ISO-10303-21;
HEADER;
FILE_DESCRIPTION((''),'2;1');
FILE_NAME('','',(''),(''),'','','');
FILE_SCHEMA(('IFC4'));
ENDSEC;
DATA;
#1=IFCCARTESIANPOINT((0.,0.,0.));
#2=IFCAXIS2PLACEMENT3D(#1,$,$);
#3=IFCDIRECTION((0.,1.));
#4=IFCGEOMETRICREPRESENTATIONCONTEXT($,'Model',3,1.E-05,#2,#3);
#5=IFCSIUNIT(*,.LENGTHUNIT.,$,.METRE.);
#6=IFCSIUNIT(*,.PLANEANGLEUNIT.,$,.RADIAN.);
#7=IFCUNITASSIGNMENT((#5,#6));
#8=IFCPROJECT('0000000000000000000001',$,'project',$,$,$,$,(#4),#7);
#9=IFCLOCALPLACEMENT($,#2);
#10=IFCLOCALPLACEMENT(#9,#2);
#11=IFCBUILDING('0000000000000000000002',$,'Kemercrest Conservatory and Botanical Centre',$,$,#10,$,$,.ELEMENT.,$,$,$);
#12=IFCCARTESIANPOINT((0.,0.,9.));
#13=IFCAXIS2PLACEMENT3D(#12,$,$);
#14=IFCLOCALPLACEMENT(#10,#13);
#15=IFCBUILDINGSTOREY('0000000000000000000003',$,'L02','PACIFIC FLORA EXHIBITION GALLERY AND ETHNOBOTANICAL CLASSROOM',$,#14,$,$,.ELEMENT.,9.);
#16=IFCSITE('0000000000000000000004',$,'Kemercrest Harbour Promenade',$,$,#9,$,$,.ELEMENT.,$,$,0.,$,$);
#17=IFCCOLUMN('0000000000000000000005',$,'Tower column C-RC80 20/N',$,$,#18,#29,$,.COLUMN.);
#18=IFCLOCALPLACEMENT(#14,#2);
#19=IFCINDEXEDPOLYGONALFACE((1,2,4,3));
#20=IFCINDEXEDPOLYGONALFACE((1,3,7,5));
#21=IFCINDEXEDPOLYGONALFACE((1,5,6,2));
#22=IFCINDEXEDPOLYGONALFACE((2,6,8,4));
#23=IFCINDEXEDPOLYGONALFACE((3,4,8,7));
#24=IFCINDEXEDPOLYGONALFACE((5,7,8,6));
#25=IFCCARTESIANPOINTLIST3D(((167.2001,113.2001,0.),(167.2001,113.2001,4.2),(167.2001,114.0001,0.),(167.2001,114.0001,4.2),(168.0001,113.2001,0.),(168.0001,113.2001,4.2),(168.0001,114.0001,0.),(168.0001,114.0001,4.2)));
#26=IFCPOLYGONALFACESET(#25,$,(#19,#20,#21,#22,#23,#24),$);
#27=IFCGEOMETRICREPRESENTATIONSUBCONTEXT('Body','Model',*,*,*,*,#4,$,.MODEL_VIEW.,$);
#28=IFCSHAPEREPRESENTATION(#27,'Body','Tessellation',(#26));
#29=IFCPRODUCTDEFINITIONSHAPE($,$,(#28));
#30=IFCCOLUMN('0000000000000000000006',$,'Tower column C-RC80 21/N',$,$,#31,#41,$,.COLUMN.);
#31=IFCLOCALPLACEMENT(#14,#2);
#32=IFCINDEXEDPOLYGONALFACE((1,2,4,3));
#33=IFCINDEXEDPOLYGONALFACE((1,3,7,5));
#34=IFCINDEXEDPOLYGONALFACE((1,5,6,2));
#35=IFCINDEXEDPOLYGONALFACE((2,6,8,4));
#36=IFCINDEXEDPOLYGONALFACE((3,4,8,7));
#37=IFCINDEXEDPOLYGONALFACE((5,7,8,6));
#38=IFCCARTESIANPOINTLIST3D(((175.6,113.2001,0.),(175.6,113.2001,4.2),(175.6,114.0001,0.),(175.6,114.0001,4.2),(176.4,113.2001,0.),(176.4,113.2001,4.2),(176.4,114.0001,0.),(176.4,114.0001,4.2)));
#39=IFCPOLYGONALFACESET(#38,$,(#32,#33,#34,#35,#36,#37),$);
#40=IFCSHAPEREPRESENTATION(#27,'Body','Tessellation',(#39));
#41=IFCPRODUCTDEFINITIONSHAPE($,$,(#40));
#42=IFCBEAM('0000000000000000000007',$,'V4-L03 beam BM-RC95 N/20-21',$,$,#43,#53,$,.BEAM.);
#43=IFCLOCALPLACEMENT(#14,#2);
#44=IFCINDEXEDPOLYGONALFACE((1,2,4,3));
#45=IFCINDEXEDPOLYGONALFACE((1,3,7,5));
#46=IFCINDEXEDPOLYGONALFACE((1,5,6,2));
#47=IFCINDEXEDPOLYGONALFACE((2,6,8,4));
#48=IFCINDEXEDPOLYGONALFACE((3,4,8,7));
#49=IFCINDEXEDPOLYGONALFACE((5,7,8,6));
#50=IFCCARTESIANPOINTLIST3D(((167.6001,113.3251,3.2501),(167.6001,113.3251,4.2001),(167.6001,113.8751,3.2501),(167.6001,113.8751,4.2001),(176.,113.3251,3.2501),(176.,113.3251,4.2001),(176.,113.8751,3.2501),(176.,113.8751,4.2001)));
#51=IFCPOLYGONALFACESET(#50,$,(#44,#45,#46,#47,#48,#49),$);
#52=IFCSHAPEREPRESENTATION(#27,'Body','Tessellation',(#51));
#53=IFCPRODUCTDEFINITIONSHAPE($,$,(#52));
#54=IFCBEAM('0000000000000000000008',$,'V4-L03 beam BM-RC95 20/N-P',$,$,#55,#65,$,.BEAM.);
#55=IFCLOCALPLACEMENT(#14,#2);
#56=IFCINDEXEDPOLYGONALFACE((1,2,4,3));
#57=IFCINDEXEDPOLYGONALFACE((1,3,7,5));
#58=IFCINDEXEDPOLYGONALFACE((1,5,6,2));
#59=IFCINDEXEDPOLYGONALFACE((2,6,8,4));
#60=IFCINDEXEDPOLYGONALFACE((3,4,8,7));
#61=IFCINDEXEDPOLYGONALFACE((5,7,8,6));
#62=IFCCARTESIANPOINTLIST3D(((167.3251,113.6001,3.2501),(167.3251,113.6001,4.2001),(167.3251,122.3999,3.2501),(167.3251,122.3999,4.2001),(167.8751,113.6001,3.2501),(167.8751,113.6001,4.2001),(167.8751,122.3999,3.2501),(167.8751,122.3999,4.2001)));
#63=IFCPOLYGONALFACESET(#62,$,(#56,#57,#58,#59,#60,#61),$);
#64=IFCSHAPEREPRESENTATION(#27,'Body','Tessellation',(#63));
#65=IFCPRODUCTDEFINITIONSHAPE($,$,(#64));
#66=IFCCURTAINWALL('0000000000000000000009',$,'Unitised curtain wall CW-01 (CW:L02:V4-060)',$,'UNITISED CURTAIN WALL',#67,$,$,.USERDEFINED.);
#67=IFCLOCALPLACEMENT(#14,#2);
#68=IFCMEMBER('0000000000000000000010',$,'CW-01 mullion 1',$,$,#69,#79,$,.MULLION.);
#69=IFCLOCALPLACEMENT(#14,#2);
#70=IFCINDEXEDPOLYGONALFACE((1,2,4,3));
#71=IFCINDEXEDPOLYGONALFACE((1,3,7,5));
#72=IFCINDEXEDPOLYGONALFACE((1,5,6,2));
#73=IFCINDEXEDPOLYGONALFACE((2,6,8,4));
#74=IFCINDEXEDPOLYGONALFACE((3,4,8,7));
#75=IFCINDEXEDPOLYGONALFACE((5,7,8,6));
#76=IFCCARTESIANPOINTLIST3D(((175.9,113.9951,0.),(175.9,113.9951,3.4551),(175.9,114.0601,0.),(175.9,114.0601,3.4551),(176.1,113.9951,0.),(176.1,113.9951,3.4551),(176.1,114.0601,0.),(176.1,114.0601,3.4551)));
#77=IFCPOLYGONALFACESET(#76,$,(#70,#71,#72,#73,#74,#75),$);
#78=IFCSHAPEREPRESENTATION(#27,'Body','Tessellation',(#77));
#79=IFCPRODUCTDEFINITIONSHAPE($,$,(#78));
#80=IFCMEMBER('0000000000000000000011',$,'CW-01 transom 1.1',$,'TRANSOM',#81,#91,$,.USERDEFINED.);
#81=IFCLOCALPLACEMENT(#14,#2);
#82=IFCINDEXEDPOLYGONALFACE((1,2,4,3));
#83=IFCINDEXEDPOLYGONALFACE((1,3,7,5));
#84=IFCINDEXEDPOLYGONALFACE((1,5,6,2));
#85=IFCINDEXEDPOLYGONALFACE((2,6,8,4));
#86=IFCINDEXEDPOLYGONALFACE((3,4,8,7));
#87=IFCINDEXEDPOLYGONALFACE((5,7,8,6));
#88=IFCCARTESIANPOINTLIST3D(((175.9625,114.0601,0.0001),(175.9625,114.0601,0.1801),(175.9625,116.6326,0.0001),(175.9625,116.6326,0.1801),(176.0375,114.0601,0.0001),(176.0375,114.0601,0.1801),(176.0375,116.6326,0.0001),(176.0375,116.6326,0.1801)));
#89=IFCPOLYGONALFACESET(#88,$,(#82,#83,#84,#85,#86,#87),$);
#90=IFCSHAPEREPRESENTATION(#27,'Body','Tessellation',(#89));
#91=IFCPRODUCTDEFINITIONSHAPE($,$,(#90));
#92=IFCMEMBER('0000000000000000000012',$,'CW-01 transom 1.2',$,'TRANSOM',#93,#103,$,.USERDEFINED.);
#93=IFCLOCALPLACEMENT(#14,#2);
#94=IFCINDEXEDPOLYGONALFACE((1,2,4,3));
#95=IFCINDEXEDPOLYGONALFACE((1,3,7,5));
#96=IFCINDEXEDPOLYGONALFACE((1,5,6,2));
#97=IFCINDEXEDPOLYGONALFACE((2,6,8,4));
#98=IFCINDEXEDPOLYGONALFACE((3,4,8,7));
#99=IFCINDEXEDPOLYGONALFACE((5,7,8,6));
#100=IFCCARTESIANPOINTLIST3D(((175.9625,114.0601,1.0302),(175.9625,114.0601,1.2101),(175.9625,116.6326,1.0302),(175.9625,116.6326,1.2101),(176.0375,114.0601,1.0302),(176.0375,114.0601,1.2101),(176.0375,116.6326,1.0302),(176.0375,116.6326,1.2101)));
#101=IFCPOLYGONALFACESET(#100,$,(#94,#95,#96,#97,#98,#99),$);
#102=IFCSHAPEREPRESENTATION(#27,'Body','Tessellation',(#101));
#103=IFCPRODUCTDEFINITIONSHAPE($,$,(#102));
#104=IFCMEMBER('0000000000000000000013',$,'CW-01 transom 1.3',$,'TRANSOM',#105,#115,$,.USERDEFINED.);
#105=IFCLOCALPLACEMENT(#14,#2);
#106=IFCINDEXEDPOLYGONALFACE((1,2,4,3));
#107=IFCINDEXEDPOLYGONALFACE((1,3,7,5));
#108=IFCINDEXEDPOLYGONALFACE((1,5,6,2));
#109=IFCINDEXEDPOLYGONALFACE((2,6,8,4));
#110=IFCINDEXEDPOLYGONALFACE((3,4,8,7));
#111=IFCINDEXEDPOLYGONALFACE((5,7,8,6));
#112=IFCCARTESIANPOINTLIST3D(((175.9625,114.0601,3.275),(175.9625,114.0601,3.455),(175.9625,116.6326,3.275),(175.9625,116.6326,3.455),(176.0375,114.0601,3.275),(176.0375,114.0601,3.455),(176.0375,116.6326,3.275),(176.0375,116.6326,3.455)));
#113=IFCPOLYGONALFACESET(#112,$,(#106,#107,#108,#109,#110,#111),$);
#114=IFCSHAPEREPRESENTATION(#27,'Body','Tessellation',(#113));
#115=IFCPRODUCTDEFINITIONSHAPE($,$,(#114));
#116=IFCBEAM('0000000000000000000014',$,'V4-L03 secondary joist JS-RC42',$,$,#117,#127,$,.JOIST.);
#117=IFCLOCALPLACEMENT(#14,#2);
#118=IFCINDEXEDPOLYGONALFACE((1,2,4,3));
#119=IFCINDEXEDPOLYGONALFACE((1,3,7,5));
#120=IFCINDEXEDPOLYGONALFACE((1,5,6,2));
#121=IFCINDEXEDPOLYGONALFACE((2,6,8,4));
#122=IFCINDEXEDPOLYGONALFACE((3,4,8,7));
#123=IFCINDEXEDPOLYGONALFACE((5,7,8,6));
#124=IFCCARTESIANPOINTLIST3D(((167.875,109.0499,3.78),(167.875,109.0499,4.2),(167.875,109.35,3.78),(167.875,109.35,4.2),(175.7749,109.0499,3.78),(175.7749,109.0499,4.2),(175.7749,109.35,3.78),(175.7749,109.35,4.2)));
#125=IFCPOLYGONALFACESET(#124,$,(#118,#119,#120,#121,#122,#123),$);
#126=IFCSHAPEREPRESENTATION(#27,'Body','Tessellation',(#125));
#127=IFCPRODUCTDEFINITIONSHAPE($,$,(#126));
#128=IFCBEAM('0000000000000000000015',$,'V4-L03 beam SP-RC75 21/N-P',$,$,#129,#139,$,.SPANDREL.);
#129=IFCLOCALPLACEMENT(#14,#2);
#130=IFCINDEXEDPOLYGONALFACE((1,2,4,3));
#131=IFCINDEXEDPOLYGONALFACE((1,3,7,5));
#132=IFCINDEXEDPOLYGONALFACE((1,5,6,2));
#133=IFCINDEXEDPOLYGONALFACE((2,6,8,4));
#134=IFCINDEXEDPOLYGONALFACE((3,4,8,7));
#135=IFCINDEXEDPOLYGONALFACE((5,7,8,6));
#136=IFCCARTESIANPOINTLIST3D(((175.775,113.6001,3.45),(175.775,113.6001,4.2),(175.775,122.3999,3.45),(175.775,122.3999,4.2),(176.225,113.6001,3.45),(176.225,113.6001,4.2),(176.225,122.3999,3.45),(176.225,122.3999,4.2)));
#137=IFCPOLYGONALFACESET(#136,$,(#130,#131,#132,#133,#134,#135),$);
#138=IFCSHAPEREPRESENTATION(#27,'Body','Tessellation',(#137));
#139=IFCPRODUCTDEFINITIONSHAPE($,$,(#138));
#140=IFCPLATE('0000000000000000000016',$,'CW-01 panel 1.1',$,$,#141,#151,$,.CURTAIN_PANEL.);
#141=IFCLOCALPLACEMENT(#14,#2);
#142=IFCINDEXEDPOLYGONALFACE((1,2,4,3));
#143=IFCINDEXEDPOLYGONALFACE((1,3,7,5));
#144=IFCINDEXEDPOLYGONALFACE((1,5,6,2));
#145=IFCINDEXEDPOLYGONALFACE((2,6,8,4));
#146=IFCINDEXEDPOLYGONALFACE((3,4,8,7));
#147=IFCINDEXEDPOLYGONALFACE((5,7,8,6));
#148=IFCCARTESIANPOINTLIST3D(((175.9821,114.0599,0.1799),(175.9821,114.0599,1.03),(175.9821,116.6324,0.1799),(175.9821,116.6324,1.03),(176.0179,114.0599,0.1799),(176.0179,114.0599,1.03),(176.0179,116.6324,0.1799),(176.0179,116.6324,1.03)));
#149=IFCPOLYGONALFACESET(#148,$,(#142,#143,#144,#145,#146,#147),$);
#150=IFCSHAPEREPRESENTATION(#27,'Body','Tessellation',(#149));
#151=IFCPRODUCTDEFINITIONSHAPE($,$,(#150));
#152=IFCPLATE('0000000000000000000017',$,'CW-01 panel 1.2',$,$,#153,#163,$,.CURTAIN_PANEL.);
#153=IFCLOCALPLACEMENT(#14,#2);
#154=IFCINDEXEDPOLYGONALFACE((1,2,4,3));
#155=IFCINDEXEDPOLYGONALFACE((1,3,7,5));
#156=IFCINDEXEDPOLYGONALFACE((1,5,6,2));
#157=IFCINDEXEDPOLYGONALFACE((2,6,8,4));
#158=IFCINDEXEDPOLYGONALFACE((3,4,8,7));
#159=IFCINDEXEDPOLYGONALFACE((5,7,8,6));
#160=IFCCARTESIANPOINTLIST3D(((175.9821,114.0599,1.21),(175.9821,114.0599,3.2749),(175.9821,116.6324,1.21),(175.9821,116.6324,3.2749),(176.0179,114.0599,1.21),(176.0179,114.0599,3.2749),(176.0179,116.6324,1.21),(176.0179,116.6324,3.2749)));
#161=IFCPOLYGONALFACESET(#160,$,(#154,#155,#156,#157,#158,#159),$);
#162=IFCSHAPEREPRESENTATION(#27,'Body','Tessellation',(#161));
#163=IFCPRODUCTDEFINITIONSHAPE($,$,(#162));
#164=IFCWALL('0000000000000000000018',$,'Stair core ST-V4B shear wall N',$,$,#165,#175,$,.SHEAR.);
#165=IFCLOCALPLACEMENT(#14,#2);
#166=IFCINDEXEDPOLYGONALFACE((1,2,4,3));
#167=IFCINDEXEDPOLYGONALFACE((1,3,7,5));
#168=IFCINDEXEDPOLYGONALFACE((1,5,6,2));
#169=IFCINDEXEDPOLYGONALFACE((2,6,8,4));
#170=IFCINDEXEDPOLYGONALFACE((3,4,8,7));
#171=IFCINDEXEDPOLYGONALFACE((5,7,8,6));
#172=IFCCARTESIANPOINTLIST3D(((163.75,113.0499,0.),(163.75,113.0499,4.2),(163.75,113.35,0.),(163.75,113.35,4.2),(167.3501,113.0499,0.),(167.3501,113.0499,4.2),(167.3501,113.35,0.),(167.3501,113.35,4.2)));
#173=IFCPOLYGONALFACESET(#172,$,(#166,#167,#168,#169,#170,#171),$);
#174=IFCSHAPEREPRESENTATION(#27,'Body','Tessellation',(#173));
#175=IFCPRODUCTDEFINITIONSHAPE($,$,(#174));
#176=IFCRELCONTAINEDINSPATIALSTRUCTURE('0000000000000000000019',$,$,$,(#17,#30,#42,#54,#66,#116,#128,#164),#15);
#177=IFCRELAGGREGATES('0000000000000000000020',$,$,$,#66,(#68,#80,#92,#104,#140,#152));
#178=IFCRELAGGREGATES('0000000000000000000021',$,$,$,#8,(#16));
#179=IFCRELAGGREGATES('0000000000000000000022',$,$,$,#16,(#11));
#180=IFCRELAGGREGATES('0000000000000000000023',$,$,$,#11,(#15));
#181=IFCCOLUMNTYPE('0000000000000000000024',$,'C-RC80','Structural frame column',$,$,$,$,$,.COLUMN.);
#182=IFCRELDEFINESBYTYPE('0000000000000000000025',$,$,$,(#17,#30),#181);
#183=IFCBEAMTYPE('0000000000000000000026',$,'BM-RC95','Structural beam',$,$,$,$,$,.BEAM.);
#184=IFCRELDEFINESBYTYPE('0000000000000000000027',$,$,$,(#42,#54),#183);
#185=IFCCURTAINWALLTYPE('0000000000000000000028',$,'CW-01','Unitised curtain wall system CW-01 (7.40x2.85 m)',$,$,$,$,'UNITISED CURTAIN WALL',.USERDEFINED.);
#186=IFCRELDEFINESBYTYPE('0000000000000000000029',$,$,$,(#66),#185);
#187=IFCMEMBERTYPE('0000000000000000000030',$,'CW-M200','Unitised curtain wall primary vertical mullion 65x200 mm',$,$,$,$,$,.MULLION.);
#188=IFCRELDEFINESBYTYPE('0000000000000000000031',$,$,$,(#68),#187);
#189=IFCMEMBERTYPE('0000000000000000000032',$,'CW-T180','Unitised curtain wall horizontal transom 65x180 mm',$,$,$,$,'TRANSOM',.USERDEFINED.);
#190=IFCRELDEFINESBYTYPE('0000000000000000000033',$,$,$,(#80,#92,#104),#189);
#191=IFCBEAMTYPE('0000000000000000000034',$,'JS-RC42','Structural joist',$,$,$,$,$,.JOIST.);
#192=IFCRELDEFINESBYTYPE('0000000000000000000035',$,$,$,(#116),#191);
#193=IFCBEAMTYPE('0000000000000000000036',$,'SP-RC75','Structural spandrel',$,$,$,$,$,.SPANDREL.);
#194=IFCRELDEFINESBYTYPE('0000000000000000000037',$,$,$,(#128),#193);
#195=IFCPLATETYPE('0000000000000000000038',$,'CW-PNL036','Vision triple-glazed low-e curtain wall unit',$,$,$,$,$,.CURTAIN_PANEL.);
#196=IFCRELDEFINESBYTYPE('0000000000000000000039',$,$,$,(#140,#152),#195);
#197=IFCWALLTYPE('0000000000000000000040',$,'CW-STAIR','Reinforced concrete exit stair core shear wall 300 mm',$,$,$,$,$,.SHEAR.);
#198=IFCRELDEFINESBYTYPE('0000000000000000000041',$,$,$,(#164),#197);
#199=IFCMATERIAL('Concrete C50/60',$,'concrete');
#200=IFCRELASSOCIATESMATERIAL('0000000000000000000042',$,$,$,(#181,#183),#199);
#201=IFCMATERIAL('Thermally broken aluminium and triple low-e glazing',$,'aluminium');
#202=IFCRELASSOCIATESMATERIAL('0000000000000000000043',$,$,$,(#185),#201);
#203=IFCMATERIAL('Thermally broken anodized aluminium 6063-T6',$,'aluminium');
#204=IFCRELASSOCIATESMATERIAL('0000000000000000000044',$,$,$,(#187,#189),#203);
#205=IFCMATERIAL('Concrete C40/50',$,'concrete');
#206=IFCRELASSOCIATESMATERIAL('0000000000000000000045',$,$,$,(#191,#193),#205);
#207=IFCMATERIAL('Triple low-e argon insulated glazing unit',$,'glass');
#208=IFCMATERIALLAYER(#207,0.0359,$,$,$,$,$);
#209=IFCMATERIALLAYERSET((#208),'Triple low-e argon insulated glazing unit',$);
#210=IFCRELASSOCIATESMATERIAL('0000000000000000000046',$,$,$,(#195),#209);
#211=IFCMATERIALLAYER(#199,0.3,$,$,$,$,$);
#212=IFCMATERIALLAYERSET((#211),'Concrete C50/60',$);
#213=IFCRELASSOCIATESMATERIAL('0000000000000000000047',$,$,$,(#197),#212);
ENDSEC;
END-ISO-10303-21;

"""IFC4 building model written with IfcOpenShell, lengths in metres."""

from ifc_helpers import new_model, si_unit, direction, frame, frame_2d, origin, origin_2d, place, context, subcontext, project, spatial, rectangle, extrude, material, layer, layer_set, material_profile, profile_set, type_object, element, aggregate, save


model = new_model("IFC4")

# Units and contexts
model_context = context("Model", 3, precision=1e-05, world=origin(), true_north=direction((0.0, 1.0)))
body_context = subcontext(model_context, "Body", "Model", "MODEL_VIEW")
ifc_project = project(units=[si_unit("LENGTHUNIT", "METRE"), si_unit("PLANEANGLEUNIT", "RADIAN")], contexts=[model_context])

# Site, building, storey
site_placement = place(None, origin())
site = spatial("IfcSite", under=ifc_project, at=site_placement, Name="Kemercrest Harbour Promenade", CompositionType="ELEMENT", RefElevation=0.0)
building_placement = place(site_placement, origin())
building = spatial("IfcBuilding", under=site, at=building_placement, Name="Kemercrest Conservatory and Botanical Centre", CompositionType="ELEMENT")
storey_placement = place(building_placement, frame((0.0, 0.0, 9.0)))
storey = spatial("IfcBuildingStorey", under=building, at=storey_placement, Name="L02", Description="PACIFIC FLORA EXHIBITION GALLERY AND ETHNOBOTANICAL CLASSROOM", CompositionType="ELEMENT", Elevation=9.0)

# Columns
ifc_material_1 = material(Name="Concrete C50/60", Category="concrete")
ifc_material_profile_1 = material_profile(ifc_material_1, rectangle(XDim=0.8, YDim=0.8, at=origin_2d()), Name="RC 800x800")
ifc_profile_set_1 = profile_set([ifc_material_profile_1], Name="Concrete C50/60")
column_type = type_object("IfcColumnType", Name="C-RC80", Description="Structural frame column", PredefinedType="COLUMN", material=ifc_profile_set_1)
for number, where, z_axis, x_axis, name in (
    (1, (167.6001, 113.6001, 0.0), (0.0, 0.0, 1.0), (1.0, 0.0, 0.0), "Tower column C-RC80 20/N"),
    (2, (176.0, 113.6001, 0.0), (0.0, 0.0, 1.0), (1.0, 0.0, 0.0), "Tower column C-RC80 21/N"),
):
    element("IfcColumn", number, at=place(storey_placement, frame(where, z_axis=z_axis, x_axis=x_axis)), inside=storey, type_object=column_type, Name=name, PredefinedType="COLUMN", context=body_context, shape_type="SweptSolid", body=[
        extrude(rectangle(XDim=0.8, YDim=0.8, at=origin_2d()), origin(), (0.0, 0.0, 1.0), 4.2),
    ])

# Beams
ifc_material_profile_2 = material_profile(ifc_material_1, rectangle(XDim=0.55, YDim=0.95, at=origin_2d()), Name="RC 550x950")
ifc_profile_set_2 = profile_set([ifc_material_profile_2], Name="Concrete C50/60")
beam_type_1 = type_object("IfcBeamType", Name="BM-RC95", Description="Structural beam", PredefinedType="BEAM", material=ifc_profile_set_2)
beam_1_placement = place(storey_placement, frame((167.6001, 113.6001, 3.7251), z_axis=(1.0, 0.0, 0.0), x_axis=(0.0, 1.0, 0.0)))
element("IfcBeam", 3, at=beam_1_placement, inside=storey, type_object=beam_type_1, Name="V4-L03 beam BM-RC95 N/20-21", PredefinedType="BEAM", context=body_context, shape_type="SweptSolid", body=[
    extrude(rectangle(XDim=0.55, YDim=0.95, at=origin_2d()), origin(), (0.0, 0.0, 1.0), 8.3999),
])
beam_2_placement = place(storey_placement, frame((167.6001, 113.6001, 3.7251), z_axis=(0.0, 1.0, 0.0), x_axis=(-1.0, 0.0, 0.0)))
element("IfcBeam", 4, at=beam_2_placement, inside=storey, type_object=beam_type_1, Name="V4-L03 beam BM-RC95 20/N-P", PredefinedType="BEAM", context=body_context, shape_type="SweptSolid", body=[
    extrude(rectangle(XDim=0.55, YDim=0.95, at=origin_2d()), origin(), (0.0, 0.0, 1.0), 8.7998),
])

# Curtain wall, members
ifc_material_2 = material(Name="Thermally broken aluminium and triple low-e glazing", Category="aluminium")
curtain_wall_type = type_object("IfcCurtainWallType", Name="CW-01", Description="Unitised curtain wall system CW-01 (7.40x2.85 m)", ElementType="UNITISED CURTAIN WALL", PredefinedType="USERDEFINED", material=ifc_material_2)
curtain_wall_placement = place(storey_placement, origin())
curtain_wall = element("IfcCurtainWall", 5, at=curtain_wall_placement, inside=storey, type_object=curtain_wall_type, Name="Unitised curtain wall CW-01 (CW:L02:V4-060)", ObjectType="UNITISED CURTAIN WALL", PredefinedType="USERDEFINED")
ifc_material_3 = material(Name="Thermally broken anodized aluminium 6063-T6", Category="aluminium")
ifc_material_profile_3 = material_profile(ifc_material_3, rectangle(XDim=0.2, YDim=0.0649, at=origin_2d()), Name="AL MULLION 65x200")
ifc_profile_set_3 = profile_set([ifc_material_profile_3], Name="Thermally broken anodized aluminium 6063-T6")
member_type_1 = type_object("IfcMemberType", Name="CW-M200", Description="Unitised curtain wall primary vertical mullion 65x200 mm", PredefinedType="MULLION", material=ifc_profile_set_3)
member_1_placement = place(storey_placement, frame((176.0, 114.0276, 0.0), z_axis=(0.0, 0.0, 1.0), x_axis=(-1.0, 0.0, 0.0)))
member_1 = element("IfcMember", 6, at=member_1_placement, type_object=member_type_1, Name="CW-01 mullion 1", PredefinedType="MULLION", context=body_context, shape_type="SweptSolid", body=[
    extrude(rectangle(XDim=0.2, YDim=0.0649, at=origin_2d()), origin(), (0.0, 0.0, 1.0), 3.4551),
])
ifc_material_profile_4 = material_profile(ifc_material_3, rectangle(XDim=0.075, YDim=0.1799, at=origin_2d()), Name="AL TRANSOM 75x180")
ifc_profile_set_4 = profile_set([ifc_material_profile_4], Name="Thermally broken anodized aluminium 6063-T6")
member_type_2 = type_object("IfcMemberType", Name="CW-T180", Description="Unitised curtain wall horizontal transom 65x180 mm", ElementType="TRANSOM", PredefinedType="USERDEFINED", material=ifc_profile_set_4)
member_2_placement = place(storey_placement, frame((176.0, 114.0601, 0.0901), z_axis=(0.0, 1.0, 0.0), x_axis=(-1.0, 0.0, 0.0)))
member_2 = element("IfcMember", 7, at=member_2_placement, type_object=member_type_2, Name="CW-01 transom 1.1", ObjectType="TRANSOM", PredefinedType="USERDEFINED", context=body_context, shape_type="SweptSolid", body=[
    extrude(rectangle(XDim=0.075, YDim=0.1799, at=origin_2d()), origin(), (0.0, 0.0, 1.0), 2.5725),
])
member_3_placement = place(storey_placement, frame((176.0, 114.0601, 1.1201), z_axis=(0.0, 1.0, 0.0), x_axis=(-1.0, 0.0, 0.0)))
member_3 = element("IfcMember", 8, at=member_3_placement, type_object=member_type_2, Name="CW-01 transom 1.2", ObjectType="TRANSOM", PredefinedType="USERDEFINED", context=body_context, shape_type="SweptSolid", body=[
    extrude(rectangle(XDim=0.075, YDim=0.1799, at=origin_2d()), origin(), (0.0, 0.0, 1.0), 2.5725),
])
member_4_placement = place(storey_placement, frame((176.0, 114.0601, 3.365), z_axis=(0.0, 1.0, 0.0), x_axis=(-1.0, 0.0, 0.0)))
member_4 = element("IfcMember", 9, at=member_4_placement, type_object=member_type_2, Name="CW-01 transom 1.3", ObjectType="TRANSOM", PredefinedType="USERDEFINED", context=body_context, shape_type="SweptSolid", body=[
    extrude(rectangle(XDim=0.075, YDim=0.1799, at=origin_2d()), origin(), (0.0, 0.0, 1.0), 2.5725),
])

# Beams
ifc_material_4 = material(Name="Concrete C40/50", Category="concrete")
ifc_material_profile_5 = material_profile(ifc_material_4, rectangle(XDim=0.3, YDim=0.4199, at=origin_2d()), Name="RC 300x420")
ifc_profile_set_5 = profile_set([ifc_material_profile_5], Name="Concrete C40/50")
beam_type_2 = type_object("IfcBeamType", Name="JS-RC42", Description="Structural joist", PredefinedType="JOIST", material=ifc_profile_set_5)
beam_3_placement = place(storey_placement, frame((167.875, 109.2, 3.99), z_axis=(1.0, 0.0, 0.0), x_axis=(0.0, 1.0, 0.0)))
element("IfcBeam", 10, at=beam_3_placement, inside=storey, type_object=beam_type_2, Name="V4-L03 secondary joist JS-RC42", PredefinedType="JOIST", context=body_context, shape_type="SweptSolid", body=[
    extrude(rectangle(XDim=0.3, YDim=0.4199, at=origin_2d()), origin(), (0.0, 0.0, 1.0), 7.8999),
])
ifc_material_profile_6 = material_profile(ifc_material_4, rectangle(XDim=0.45, YDim=0.75, at=origin_2d()), Name="RC 450x750")
ifc_profile_set_6 = profile_set([ifc_material_profile_6], Name="Concrete C40/50")
beam_type_3 = type_object("IfcBeamType", Name="SP-RC75", Description="Structural spandrel", PredefinedType="SPANDREL", material=ifc_profile_set_6)
beam_4_placement = place(storey_placement, frame((176.0, 113.6001, 3.825), z_axis=(0.0, 1.0, 0.0), x_axis=(-1.0, 0.0, 0.0)))
element("IfcBeam", 11, at=beam_4_placement, inside=storey, type_object=beam_type_3, Name="V4-L03 beam SP-RC75 21/N-P", PredefinedType="SPANDREL", context=body_context, shape_type="SweptSolid", body=[
    extrude(rectangle(XDim=0.45, YDim=0.75, at=origin_2d()), origin(), (0.0, 0.0, 1.0), 8.7998),
])

# Plates
ifc_material_5 = material(Name="Triple low-e argon insulated glazing unit", Category="glass")
ifc_layer_1 = layer(ifc_material_5, 0.0359)
ifc_layer_set_1 = layer_set([ifc_layer_1], Name="Triple low-e argon insulated glazing unit")
plate_type = type_object("IfcPlateType", Name="CW-PNL036", Description="Vision triple-glazed low-e curtain wall unit", PredefinedType="CURTAIN_PANEL", material=ifc_layer_set_1)
plate_1_placement = place(storey_placement, frame((176.0, 115.3462, 0.1799), z_axis=(0.0, 0.0, 1.0), x_axis=(0.0, 1.0, 0.0)))
plate_1 = element("IfcPlate", 12, at=plate_1_placement, type_object=plate_type, Name="CW-01 panel 1.1", PredefinedType="CURTAIN_PANEL", context=body_context, shape_type="SweptSolid", body=[
    extrude(rectangle(XDim=2.5725, YDim=0.0359, at=origin_2d()), origin(), (0.0, 0.0, 1.0), 0.8501),
])
plate_2_placement = place(storey_placement, frame((176.0, 115.3462, 1.21), z_axis=(0.0, 0.0, 1.0), x_axis=(0.0, 1.0, 0.0)))
plate_2 = element("IfcPlate", 13, at=plate_2_placement, type_object=plate_type, Name="CW-01 panel 1.2", PredefinedType="CURTAIN_PANEL", context=body_context, shape_type="SweptSolid", body=[
    extrude(rectangle(XDim=2.5725, YDim=0.0359, at=origin_2d()), origin(), (0.0, 0.0, 1.0), 2.0649),
])
aggregate(curtain_wall, [member_1, member_2, member_3, member_4, plate_1, plate_2])

# Wall
ifc_layer_2 = layer(ifc_material_1, 0.3)
ifc_layer_set_2 = layer_set([ifc_layer_2], Name="Concrete C50/60")
wall_type_1 = type_object("IfcWallType", Name="CW-STAIR", Description="Reinforced concrete exit stair core shear wall 300 mm", PredefinedType="SHEAR", material=ifc_layer_set_2)
wall_1_placement = place(storey_placement, frame((163.75, 113.2, 0.0), z_axis=(0.0, 0.0, 1.0), x_axis=(1.0, 0.0, 0.0)))
element("IfcWall", 14, at=wall_1_placement, inside=storey, type_object=wall_type_1, Name="Stair core ST-V4B shear wall N", PredefinedType="SHEAR", context=body_context, shape_type="SweptSolid", body=[
    extrude(rectangle(XDim=3.6001, YDim=0.3, at=frame_2d((1.8, 0.0))), origin(), (0.0, 0.0, 1.0), 4.2),
])

save(model, "model.ifc")
